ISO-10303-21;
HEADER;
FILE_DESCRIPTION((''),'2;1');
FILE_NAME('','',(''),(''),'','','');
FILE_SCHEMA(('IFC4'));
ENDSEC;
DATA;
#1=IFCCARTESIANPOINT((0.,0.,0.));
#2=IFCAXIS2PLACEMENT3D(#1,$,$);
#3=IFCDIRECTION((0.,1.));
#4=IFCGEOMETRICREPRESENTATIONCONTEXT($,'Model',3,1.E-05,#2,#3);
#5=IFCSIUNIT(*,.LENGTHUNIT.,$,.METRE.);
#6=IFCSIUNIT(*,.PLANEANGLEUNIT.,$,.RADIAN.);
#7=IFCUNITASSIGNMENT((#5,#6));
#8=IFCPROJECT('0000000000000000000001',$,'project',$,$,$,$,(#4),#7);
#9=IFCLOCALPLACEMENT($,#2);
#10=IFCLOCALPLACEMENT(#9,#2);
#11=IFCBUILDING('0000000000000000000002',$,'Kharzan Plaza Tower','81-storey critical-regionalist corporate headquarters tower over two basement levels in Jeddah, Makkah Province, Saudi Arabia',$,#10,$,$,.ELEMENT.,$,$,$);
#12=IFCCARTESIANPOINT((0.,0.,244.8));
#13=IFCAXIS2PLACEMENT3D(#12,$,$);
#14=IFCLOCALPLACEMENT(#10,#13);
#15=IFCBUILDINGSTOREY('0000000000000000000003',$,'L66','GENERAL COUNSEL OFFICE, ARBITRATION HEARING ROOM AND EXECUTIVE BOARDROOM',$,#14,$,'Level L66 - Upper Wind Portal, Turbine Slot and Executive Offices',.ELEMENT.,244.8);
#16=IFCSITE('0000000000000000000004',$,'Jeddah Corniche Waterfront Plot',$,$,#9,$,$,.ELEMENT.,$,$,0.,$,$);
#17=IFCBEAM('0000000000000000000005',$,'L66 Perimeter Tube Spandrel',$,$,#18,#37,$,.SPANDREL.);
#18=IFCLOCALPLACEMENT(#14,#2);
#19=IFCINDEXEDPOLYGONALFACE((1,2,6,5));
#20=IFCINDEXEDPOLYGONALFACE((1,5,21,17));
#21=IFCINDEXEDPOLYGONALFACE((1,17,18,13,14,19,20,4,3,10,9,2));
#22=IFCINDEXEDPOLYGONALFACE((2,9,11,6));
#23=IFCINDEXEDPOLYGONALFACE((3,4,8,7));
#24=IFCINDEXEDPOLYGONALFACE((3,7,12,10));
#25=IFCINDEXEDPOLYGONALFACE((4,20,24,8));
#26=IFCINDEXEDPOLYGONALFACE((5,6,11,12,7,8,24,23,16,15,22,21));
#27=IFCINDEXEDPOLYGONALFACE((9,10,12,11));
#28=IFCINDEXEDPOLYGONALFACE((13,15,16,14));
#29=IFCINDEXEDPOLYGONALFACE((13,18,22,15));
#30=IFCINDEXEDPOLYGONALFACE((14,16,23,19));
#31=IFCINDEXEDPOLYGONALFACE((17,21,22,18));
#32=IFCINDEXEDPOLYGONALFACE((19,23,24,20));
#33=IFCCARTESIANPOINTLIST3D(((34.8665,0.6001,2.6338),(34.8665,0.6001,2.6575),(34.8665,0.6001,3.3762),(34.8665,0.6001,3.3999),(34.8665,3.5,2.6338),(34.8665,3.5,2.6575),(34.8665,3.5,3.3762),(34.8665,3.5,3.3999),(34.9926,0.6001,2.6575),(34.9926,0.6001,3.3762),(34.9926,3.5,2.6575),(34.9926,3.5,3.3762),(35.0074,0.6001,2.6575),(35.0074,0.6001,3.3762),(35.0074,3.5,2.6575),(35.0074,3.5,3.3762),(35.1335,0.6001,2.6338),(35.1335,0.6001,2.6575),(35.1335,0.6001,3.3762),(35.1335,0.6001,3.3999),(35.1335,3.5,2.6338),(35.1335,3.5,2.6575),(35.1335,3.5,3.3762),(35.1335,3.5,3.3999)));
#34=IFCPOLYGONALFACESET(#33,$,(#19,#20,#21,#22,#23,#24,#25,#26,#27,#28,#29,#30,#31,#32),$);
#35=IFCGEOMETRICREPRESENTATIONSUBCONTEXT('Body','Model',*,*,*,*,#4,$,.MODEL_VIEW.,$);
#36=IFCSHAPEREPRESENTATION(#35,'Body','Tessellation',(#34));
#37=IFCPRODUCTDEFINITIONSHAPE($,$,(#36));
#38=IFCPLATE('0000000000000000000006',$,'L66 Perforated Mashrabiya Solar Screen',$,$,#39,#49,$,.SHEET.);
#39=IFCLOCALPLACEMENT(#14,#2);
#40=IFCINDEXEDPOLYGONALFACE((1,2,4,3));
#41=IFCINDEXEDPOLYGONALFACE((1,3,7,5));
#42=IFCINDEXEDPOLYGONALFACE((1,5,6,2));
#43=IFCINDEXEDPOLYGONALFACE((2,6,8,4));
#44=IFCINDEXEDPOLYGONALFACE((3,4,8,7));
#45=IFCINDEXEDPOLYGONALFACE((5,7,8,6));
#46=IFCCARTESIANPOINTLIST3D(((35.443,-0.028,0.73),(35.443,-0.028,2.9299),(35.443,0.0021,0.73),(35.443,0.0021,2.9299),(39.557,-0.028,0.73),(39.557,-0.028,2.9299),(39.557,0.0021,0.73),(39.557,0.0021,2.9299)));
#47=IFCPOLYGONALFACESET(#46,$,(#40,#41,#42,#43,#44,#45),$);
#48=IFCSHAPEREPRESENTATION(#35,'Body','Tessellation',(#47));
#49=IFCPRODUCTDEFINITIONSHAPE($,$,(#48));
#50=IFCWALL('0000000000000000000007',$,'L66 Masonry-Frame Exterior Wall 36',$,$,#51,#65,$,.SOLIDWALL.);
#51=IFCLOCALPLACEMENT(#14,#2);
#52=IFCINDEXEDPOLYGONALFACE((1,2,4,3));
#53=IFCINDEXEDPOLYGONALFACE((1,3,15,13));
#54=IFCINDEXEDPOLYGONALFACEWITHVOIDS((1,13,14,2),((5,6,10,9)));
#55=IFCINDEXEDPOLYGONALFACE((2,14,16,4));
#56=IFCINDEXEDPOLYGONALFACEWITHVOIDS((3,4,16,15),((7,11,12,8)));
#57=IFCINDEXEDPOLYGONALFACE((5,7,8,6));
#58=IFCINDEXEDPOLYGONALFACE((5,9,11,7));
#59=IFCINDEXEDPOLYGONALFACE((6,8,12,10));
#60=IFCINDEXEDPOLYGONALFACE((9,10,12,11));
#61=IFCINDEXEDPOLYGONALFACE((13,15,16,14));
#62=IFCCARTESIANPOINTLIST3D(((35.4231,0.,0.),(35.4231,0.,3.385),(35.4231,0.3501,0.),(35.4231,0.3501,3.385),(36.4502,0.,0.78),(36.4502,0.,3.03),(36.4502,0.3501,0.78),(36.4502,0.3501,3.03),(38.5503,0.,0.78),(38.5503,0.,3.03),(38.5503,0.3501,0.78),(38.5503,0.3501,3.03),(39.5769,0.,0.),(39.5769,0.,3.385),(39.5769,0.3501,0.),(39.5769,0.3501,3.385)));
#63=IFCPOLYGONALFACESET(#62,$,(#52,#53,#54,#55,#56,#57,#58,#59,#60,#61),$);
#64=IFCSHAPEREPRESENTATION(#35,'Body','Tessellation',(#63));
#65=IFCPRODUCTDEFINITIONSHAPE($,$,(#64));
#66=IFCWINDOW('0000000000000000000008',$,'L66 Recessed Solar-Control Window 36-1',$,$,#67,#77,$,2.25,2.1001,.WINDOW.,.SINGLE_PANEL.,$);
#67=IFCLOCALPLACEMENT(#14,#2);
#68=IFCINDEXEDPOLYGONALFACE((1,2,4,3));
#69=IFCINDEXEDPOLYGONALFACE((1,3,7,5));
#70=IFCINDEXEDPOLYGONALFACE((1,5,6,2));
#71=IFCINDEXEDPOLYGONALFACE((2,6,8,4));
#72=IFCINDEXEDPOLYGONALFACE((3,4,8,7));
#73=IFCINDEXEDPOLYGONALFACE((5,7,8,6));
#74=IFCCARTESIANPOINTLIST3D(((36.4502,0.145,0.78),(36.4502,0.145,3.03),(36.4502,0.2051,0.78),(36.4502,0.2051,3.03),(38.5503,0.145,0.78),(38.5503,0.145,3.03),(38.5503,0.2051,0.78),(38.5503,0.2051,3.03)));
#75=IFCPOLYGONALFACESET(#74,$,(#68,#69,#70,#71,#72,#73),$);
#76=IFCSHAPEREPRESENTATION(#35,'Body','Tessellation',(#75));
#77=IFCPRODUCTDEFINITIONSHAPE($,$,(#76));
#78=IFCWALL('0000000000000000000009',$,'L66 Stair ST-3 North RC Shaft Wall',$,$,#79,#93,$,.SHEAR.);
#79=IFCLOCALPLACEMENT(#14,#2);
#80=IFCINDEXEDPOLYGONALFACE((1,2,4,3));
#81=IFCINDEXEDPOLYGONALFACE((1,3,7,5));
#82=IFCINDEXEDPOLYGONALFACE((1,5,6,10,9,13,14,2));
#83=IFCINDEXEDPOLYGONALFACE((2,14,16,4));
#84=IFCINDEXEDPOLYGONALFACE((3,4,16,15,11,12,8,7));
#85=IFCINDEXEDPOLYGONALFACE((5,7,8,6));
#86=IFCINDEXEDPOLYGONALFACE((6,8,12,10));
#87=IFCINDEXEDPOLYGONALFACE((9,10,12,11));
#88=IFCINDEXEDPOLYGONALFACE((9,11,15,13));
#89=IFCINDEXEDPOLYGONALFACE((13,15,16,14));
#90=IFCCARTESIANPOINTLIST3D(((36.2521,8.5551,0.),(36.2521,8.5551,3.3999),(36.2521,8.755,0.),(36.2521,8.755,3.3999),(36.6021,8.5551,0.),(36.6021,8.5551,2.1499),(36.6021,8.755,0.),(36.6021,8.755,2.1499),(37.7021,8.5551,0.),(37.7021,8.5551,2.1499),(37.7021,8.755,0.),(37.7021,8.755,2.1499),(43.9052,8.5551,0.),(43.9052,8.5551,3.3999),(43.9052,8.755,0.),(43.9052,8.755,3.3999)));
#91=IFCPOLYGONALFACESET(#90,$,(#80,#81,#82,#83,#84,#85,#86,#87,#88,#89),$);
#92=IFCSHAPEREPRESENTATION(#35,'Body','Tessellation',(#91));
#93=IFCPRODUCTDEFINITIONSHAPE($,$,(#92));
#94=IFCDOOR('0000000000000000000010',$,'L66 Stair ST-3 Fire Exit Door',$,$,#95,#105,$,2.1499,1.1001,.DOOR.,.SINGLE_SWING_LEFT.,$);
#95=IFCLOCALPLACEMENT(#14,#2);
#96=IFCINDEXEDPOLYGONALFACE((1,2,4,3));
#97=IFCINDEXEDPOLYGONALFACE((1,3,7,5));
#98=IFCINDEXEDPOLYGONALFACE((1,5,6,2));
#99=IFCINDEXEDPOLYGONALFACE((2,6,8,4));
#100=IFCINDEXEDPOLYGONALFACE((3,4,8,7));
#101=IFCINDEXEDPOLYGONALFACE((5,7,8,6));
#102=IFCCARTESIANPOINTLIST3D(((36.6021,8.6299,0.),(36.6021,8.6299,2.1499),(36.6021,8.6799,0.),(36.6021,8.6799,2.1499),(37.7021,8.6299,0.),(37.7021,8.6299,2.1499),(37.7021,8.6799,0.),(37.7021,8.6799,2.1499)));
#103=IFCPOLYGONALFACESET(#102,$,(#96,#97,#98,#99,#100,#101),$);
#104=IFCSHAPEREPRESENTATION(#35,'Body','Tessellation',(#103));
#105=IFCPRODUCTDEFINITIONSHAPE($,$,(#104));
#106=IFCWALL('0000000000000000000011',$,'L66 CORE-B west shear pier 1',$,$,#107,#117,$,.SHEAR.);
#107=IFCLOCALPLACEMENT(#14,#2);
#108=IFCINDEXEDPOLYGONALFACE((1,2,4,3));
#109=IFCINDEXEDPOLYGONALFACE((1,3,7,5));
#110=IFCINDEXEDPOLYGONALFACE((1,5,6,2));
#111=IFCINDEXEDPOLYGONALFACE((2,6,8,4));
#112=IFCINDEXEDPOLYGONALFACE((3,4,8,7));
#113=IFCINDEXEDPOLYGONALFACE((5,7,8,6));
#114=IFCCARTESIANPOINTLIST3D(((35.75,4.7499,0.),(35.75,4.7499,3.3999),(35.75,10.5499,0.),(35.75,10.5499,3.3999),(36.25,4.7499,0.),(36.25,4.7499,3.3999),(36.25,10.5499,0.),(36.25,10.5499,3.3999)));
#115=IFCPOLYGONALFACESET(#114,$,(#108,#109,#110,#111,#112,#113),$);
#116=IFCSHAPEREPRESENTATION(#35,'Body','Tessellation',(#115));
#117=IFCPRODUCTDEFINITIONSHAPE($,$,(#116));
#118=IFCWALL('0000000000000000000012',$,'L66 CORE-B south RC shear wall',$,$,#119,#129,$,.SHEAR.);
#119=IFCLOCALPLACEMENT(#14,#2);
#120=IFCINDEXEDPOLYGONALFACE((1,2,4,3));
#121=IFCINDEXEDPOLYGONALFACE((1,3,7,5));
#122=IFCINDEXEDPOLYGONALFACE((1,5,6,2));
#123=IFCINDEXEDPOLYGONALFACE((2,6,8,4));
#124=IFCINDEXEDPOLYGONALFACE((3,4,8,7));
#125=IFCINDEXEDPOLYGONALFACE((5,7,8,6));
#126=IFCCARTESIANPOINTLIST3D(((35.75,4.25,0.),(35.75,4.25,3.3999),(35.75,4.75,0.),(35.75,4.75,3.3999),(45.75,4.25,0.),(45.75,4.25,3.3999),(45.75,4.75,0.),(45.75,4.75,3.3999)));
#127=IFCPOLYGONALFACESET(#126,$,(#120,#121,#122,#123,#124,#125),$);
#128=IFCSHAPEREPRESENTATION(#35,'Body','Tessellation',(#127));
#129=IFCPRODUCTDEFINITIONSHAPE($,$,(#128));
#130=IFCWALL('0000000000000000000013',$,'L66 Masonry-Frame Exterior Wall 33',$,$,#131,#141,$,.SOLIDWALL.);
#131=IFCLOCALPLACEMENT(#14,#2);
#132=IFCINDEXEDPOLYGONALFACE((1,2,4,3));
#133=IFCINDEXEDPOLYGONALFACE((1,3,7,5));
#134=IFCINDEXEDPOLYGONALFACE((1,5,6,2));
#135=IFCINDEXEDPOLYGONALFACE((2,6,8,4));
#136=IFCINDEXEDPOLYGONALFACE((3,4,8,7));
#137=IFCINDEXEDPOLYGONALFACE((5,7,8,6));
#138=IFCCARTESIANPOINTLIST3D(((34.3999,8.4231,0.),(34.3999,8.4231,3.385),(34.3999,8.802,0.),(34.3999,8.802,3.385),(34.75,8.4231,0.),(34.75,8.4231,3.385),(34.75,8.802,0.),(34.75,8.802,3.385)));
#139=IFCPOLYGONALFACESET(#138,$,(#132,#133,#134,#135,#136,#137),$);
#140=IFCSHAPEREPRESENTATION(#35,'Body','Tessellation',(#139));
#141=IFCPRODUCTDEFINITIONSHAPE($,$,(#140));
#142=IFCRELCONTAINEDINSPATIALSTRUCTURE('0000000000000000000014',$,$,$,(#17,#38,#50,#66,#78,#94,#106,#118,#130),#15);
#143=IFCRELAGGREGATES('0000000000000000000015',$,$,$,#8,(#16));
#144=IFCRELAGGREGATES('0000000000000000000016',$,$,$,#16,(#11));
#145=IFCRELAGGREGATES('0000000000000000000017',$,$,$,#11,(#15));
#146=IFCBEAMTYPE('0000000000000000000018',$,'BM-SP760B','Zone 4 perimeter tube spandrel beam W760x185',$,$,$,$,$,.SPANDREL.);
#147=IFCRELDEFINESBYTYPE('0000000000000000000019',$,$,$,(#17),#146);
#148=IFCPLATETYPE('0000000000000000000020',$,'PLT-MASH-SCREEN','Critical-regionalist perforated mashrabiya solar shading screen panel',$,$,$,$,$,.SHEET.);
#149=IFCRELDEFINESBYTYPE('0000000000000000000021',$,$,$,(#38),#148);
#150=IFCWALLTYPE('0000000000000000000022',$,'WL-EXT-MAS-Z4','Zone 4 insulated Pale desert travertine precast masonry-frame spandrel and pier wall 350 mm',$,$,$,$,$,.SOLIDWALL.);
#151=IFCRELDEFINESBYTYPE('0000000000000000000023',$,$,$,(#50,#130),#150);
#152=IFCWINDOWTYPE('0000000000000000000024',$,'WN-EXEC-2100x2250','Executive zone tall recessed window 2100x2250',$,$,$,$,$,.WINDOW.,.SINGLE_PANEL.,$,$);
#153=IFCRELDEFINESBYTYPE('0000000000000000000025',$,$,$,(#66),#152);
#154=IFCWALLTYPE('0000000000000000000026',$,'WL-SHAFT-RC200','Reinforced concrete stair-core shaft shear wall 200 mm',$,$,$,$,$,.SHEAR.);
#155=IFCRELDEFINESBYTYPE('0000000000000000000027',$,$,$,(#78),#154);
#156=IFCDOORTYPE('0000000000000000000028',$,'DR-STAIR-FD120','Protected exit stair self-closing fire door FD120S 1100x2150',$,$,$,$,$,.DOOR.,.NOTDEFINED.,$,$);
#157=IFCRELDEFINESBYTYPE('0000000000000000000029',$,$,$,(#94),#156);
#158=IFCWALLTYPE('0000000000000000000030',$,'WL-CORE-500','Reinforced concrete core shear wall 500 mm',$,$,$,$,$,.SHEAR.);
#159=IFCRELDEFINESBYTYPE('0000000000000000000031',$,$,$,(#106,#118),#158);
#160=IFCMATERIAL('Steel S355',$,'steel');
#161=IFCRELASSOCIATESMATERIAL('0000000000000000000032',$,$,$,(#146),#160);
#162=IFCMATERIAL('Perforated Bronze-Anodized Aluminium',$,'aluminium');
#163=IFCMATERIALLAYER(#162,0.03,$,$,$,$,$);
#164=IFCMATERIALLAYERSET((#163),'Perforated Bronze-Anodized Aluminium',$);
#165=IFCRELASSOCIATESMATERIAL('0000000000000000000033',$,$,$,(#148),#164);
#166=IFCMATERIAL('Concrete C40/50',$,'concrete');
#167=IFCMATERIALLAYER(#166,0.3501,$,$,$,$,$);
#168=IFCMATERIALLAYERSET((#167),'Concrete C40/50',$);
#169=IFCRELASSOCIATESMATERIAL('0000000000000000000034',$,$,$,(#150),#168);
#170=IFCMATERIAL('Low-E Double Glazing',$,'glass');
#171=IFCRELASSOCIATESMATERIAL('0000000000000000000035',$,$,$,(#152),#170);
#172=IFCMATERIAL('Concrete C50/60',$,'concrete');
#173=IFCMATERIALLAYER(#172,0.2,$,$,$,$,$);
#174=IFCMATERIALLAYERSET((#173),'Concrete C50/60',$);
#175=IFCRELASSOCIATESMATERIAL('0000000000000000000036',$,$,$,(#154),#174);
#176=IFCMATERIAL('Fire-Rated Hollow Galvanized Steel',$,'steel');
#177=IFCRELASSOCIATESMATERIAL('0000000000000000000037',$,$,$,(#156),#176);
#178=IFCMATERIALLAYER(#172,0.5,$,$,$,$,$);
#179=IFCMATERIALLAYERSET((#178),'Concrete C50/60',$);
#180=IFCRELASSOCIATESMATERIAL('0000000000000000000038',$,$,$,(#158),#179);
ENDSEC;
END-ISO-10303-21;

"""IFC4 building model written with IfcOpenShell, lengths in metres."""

from ifc_helpers import new_model, si_unit, direction, frame, frame_2d, origin, origin_2d, place, context, subcontext, project, spatial, rectangle, i_section, extrude, source, transform, mapped, material, layer, layer_set, material_profile, profile_set, type_object, element, fill, save


model = new_model("IFC4")

# Units and contexts
model_context = context("Model", 3, precision=1e-05, world=origin(), true_north=direction((0.0, 1.0)))
body_context = subcontext(model_context, "Body", "Model", "MODEL_VIEW")
ifc_project = project(units=[si_unit("LENGTHUNIT", "METRE"), si_unit("PLANEANGLEUNIT", "RADIAN")], contexts=[model_context])

# Site, building, storey
site_placement = place(None, origin())
site = spatial("IfcSite", under=ifc_project, at=site_placement, Name="Jeddah Corniche Waterfront Plot", CompositionType="ELEMENT", RefElevation=0.0)
building_placement = place(site_placement, origin())
building = spatial("IfcBuilding", under=site, at=building_placement, Name="Kharzan Plaza Tower", Description="81-storey critical-regionalist corporate headquarters tower over two basement levels in Jeddah, Makkah Province, Saudi Arabia", CompositionType="ELEMENT")
storey_placement = place(building_placement, frame((0.0, 0.0, 244.8)))
storey = spatial("IfcBuildingStorey", under=building, at=storey_placement, Name="L66", Description="GENERAL COUNSEL OFFICE, ARBITRATION HEARING ROOM AND EXECUTIVE BOARDROOM", LongName="Level L66 - Upper Wind Portal, Turbine Slot and Executive Offices", CompositionType="ELEMENT", Elevation=244.8)

# Shared definitions
ifc_material_1 = material(Name="Concrete C50/60", Category="concrete")

# Beam
ifc_material_2 = material(Name="Steel S355", Category="steel")
ifc_material_profile_1 = material_profile(ifc_material_2, i_section(OverallWidth=0.2671, OverallDepth=0.7661, WebThickness=0.0149, FlangeThickness=0.0237, at=origin_2d()), Name="W760x185")
ifc_profile_set_1 = profile_set([ifc_material_profile_1], Name="Steel S355")
beam_type_1 = type_object("IfcBeamType", Name="BM-SP760B", Description="Zone 4 perimeter tube spandrel beam W760x185", PredefinedType="SPANDREL", material=ifc_profile_set_1)
shared_shape_1 = source(origin(), body_context, "Body", "SweptSolid", [
    extrude(i_section(OverallWidth=0.2671, OverallDepth=0.7661, WebThickness=0.0149, FlangeThickness=0.0237, at=origin_2d()), origin(), (0.0, 0.0, 1.0), 2.8999),
])
beam_1_placement = place(storey_placement, frame((35.0, 0.6001, 3.0168), z_axis=(0.0, 1.0, 0.0), x_axis=(-1.0, 0.0, 0.0)))
element("IfcBeam", 1, at=beam_1_placement, inside=storey, type_object=beam_type_1, Name="L66 Perimeter Tube Spandrel", PredefinedType="SPANDREL", context=body_context, shape_type="MappedRepresentation", body=[
    mapped(shared_shape_1, transform((0.0, 0.0, 0.0), x_axis=(1.0, 0.0, 0.0), y_axis=(0.0, 1.0, 0.0), z_axis=(0.0, 0.0, 1.0))),
])

# Plate
ifc_material_3 = material(Name="Perforated Bronze-Anodized Aluminium", Category="aluminium")
ifc_layer_1 = layer(ifc_material_3, 0.03)
ifc_layer_set_1 = layer_set([ifc_layer_1], Name="Perforated Bronze-Anodized Aluminium")
plate_type = type_object("IfcPlateType", Name="PLT-MASH-SCREEN", Description="Critical-regionalist perforated mashrabiya solar shading screen panel", PredefinedType="SHEET", material=ifc_layer_set_1)
shared_shape_2 = source(origin(), body_context, "Body", "SweptSolid", [
    extrude(rectangle(XDim=4.114, YDim=0.03, at=origin_2d()), origin(), (0.0, 0.0, 1.0), 2.2),
])
plate_placement = place(storey_placement, frame((37.5, -0.0129, 0.73), z_axis=(0.0, 0.0, 1.0), x_axis=(1.0, 0.0, 0.0)))
element("IfcPlate", 2, at=plate_placement, inside=storey, type_object=plate_type, Name="L66 Perforated Mashrabiya Solar Screen", PredefinedType="SHEET", context=body_context, shape_type="MappedRepresentation", body=[
    mapped(shared_shape_2, transform((0.0, 0.0, 0.0), x_axis=(1.0, 0.0, 0.0), y_axis=(0.0, 1.0, 0.0), z_axis=(0.0, 0.0, 1.0))),
])

# Wall, opening, window
ifc_material_4 = material(Name="Concrete C40/50", Category="concrete")
ifc_layer_2 = layer(ifc_material_4, 0.3501)
ifc_layer_set_2 = layer_set([ifc_layer_2], Name="Concrete C40/50")
wall_type_1 = type_object("IfcWallType", Name="WL-EXT-MAS-Z4", Description="Zone 4 insulated Pale desert travertine precast masonry-frame spandrel and pier wall 350 mm", PredefinedType="SOLIDWALL", material=ifc_layer_set_2)
wall_1_placement = place(storey_placement, frame((35.4231, 0.175, 0.0), z_axis=(0.0, 0.0, 1.0), x_axis=(1.0, 0.0, 0.0)))
wall_1 = element("IfcWall", 3, at=wall_1_placement, inside=storey, type_object=wall_type_1, Name="L66 Masonry-Frame Exterior Wall 36", PredefinedType="SOLIDWALL", context=body_context, shape_type="SweptSolid", body=[
    extrude(rectangle(XDim=4.1538, YDim=0.3501, at=frame_2d((2.0769, 0.0))), origin(), (0.0, 0.0, 1.0), 3.385),
])
opening_1_placement = place(wall_1_placement, frame((1.0271, 0.0, 0.78)))
opening_1 = element("IfcOpeningElement", 4, at=opening_1_placement, cuts=wall_1, PredefinedType="OPENING", context=body_context, shape_type="SweptSolid", body=[
    extrude(rectangle(XDim=2.1001, YDim=2.25, at=frame_2d((1.05, 1.125))), frame((0.0, 0.1851, 0.0), z_axis=(0.0, -1.0, 0.0), x_axis=(1.0, 0.0, 0.0)), (0.0, 0.0, 1.0), 0.3701),
])
ifc_material_5 = material(Name="Low-E Double Glazing", Category="glass")
window_type = type_object("IfcWindowType", Name="WN-EXEC-2100x2250", Description="Executive zone tall recessed window 2100x2250", PartitioningType="SINGLE_PANEL", PredefinedType="WINDOW", material=ifc_material_5)
shared_shape_3 = source(origin(), body_context, "Body", "SweptSolid", [
    extrude(rectangle(XDim=2.1001, YDim=2.25, at=frame_2d((1.05, 1.125))), frame((0.0, 0.03, 0.0), z_axis=(0.0, -1.0, 0.0), x_axis=(1.0, 0.0, 0.0)), (0.0, 0.0, 1.0), 0.0601),
])
window_placement = place(opening_1_placement, origin())
window = element("IfcWindow", 5, at=window_placement, inside=storey, type_object=window_type, Name="L66 Recessed Solar-Control Window 36-1", OverallHeight=2.25, OverallWidth=2.1001, PartitioningType="SINGLE_PANEL", PredefinedType="WINDOW", context=body_context, shape_type="MappedRepresentation", body=[
    mapped(shared_shape_3, transform((0.0, 0.0, 0.0), x_axis=(1.0, 0.0, 0.0), y_axis=(0.0, 1.0, 0.0), z_axis=(0.0, 0.0, 1.0))),
])
fill(opening_1, window)

# Wall, opening, door
ifc_layer_3 = layer(ifc_material_1, 0.2)
ifc_layer_set_3 = layer_set([ifc_layer_3], Name="Concrete C50/60")
wall_type_2 = type_object("IfcWallType", Name="WL-SHAFT-RC200", Description="Reinforced concrete stair-core shaft shear wall 200 mm", PredefinedType="SHEAR", material=ifc_layer_set_3)
wall_2_placement = place(storey_placement, frame((36.252, 8.655, 0.0), z_axis=(0.0, 0.0, 1.0), x_axis=(1.0, 0.0, 0.0)))
wall_2 = element("IfcWall", 6, at=wall_2_placement, inside=storey, type_object=wall_type_2, Name="L66 Stair ST-3 North RC Shaft Wall", PredefinedType="SHEAR", context=body_context, shape_type="SweptSolid", body=[
    extrude(rectangle(XDim=7.6531, YDim=0.2, at=frame_2d((3.8267, 0.0))), origin(), (0.0, 0.0, 1.0), 3.3999),
])
opening_2_placement = place(wall_2_placement, frame((0.3501, 0.0, 0.0)))
opening_2 = element("IfcOpeningElement", 7, at=opening_2_placement, cuts=wall_2, PredefinedType="OPENING", context=body_context, shape_type="SweptSolid", body=[
    extrude(rectangle(XDim=1.1001, YDim=2.1499, at=frame_2d((0.55, 1.075))), frame((0.0, 0.1099, 0.0), z_axis=(0.0, -1.0, 0.0), x_axis=(1.0, 0.0, 0.0)), (0.0, 0.0, 1.0), 0.22),
])
ifc_material_6 = material(Name="Fire-Rated Hollow Galvanized Steel", Category="steel")
door_type = type_object("IfcDoorType", Name="DR-STAIR-FD120", Description="Protected exit stair self-closing fire door FD120S 1100x2150", OperationType="NOTDEFINED", PredefinedType="DOOR", material=ifc_material_6)
shared_shape_4 = source(origin(), body_context, "Body", "SweptSolid", [
    extrude(rectangle(XDim=1.1001, YDim=2.1499, at=frame_2d((0.55, 1.075))), frame((0.0, 0.0249, 0.0), z_axis=(0.0, -1.0, 0.0), x_axis=(1.0, 0.0, 0.0)), (0.0, 0.0, 1.0), 0.05),
])
door_placement = place(opening_2_placement, origin())
door = element("IfcDoor", 8, at=door_placement, inside=storey, type_object=door_type, Name="L66 Stair ST-3 Fire Exit Door", OperationType="SINGLE_SWING_LEFT", OverallHeight=2.1499, OverallWidth=1.1001, PredefinedType="DOOR", context=body_context, shape_type="MappedRepresentation", body=[
    mapped(shared_shape_4, transform((0.0, 0.0, 0.0), x_axis=(1.0, 0.0, 0.0), y_axis=(0.0, 1.0, 0.0), z_axis=(0.0, 0.0, 1.0))),
])
fill(opening_2, door)

# Walls
ifc_layer_4 = layer(ifc_material_1, 0.5)
ifc_layer_set_4 = layer_set([ifc_layer_4], Name="Concrete C50/60")
wall_type_3 = type_object("IfcWallType", Name="WL-CORE-500", Description="Reinforced concrete core shear wall 500 mm", PredefinedType="SHEAR", material=ifc_layer_set_4)
shared_shape_5 = source(origin(), body_context, "Body", "SweptSolid", [
    extrude(rectangle(XDim=5.8, YDim=0.5, at=frame_2d((2.8999, 0.0))), origin(), (0.0, 0.0, 1.0), 3.3999),
])
wall_3_placement = place(storey_placement, frame((36.0, 4.75, 0.0), z_axis=(0.0, 0.0, 1.0), x_axis=(0.0, 1.0, 0.0)))
element("IfcWall", 9, at=wall_3_placement, inside=storey, type_object=wall_type_3, Name="L66 CORE-B west shear pier 1", PredefinedType="SHEAR", context=body_context, shape_type="MappedRepresentation", body=[
    mapped(shared_shape_5, transform((0.0, 0.0, 0.0), x_axis=(1.0, 0.0, 0.0), y_axis=(0.0, 1.0, 0.0), z_axis=(0.0, 0.0, 1.0))),
])
shared_shape_6 = source(origin(), body_context, "Body", "SweptSolid", [
    extrude(rectangle(XDim=10.0, YDim=0.5, at=frame_2d((5.0, 0.0))), origin(), (0.0, 0.0, 1.0), 3.3999),
])
wall_4_placement = place(storey_placement, frame((35.75, 4.5, 0.0), z_axis=(0.0, 0.0, 1.0), x_axis=(1.0, 0.0, 0.0)))
element("IfcWall", 10, at=wall_4_placement, inside=storey, type_object=wall_type_3, Name="L66 CORE-B south RC shear wall", PredefinedType="SHEAR", context=body_context, shape_type="MappedRepresentation", body=[
    mapped(shared_shape_6, transform((0.0, 0.0, 0.0), x_axis=(1.0, 0.0, 0.0), y_axis=(0.0, 1.0, 0.0), z_axis=(0.0, 0.0, 1.0))),
])
shared_shape_7 = source(origin(), body_context, "Body", "SweptSolid", [
    extrude(rectangle(XDim=0.3789, YDim=0.3501, at=frame_2d((0.1895, 0.0))), origin(), (0.0, 0.0, 1.0), 3.385),
])
wall_5_placement = place(storey_placement, frame((34.575, 8.802, 0.0), z_axis=(0.0, 0.0, 1.0), x_axis=(0.0, -1.0, 0.0)))
element("IfcWall", 11, at=wall_5_placement, inside=storey, type_object=wall_type_1, Name="L66 Masonry-Frame Exterior Wall 33", PredefinedType="SOLIDWALL", context=body_context, shape_type="MappedRepresentation", body=[
    mapped(shared_shape_7, transform((0.0, 0.0, 0.0), x_axis=(1.0, 0.0, 0.0), y_axis=(0.0, 1.0, 0.0), z_axis=(0.0, 0.0, 1.0))),
])

save(model, "model.ifc")
